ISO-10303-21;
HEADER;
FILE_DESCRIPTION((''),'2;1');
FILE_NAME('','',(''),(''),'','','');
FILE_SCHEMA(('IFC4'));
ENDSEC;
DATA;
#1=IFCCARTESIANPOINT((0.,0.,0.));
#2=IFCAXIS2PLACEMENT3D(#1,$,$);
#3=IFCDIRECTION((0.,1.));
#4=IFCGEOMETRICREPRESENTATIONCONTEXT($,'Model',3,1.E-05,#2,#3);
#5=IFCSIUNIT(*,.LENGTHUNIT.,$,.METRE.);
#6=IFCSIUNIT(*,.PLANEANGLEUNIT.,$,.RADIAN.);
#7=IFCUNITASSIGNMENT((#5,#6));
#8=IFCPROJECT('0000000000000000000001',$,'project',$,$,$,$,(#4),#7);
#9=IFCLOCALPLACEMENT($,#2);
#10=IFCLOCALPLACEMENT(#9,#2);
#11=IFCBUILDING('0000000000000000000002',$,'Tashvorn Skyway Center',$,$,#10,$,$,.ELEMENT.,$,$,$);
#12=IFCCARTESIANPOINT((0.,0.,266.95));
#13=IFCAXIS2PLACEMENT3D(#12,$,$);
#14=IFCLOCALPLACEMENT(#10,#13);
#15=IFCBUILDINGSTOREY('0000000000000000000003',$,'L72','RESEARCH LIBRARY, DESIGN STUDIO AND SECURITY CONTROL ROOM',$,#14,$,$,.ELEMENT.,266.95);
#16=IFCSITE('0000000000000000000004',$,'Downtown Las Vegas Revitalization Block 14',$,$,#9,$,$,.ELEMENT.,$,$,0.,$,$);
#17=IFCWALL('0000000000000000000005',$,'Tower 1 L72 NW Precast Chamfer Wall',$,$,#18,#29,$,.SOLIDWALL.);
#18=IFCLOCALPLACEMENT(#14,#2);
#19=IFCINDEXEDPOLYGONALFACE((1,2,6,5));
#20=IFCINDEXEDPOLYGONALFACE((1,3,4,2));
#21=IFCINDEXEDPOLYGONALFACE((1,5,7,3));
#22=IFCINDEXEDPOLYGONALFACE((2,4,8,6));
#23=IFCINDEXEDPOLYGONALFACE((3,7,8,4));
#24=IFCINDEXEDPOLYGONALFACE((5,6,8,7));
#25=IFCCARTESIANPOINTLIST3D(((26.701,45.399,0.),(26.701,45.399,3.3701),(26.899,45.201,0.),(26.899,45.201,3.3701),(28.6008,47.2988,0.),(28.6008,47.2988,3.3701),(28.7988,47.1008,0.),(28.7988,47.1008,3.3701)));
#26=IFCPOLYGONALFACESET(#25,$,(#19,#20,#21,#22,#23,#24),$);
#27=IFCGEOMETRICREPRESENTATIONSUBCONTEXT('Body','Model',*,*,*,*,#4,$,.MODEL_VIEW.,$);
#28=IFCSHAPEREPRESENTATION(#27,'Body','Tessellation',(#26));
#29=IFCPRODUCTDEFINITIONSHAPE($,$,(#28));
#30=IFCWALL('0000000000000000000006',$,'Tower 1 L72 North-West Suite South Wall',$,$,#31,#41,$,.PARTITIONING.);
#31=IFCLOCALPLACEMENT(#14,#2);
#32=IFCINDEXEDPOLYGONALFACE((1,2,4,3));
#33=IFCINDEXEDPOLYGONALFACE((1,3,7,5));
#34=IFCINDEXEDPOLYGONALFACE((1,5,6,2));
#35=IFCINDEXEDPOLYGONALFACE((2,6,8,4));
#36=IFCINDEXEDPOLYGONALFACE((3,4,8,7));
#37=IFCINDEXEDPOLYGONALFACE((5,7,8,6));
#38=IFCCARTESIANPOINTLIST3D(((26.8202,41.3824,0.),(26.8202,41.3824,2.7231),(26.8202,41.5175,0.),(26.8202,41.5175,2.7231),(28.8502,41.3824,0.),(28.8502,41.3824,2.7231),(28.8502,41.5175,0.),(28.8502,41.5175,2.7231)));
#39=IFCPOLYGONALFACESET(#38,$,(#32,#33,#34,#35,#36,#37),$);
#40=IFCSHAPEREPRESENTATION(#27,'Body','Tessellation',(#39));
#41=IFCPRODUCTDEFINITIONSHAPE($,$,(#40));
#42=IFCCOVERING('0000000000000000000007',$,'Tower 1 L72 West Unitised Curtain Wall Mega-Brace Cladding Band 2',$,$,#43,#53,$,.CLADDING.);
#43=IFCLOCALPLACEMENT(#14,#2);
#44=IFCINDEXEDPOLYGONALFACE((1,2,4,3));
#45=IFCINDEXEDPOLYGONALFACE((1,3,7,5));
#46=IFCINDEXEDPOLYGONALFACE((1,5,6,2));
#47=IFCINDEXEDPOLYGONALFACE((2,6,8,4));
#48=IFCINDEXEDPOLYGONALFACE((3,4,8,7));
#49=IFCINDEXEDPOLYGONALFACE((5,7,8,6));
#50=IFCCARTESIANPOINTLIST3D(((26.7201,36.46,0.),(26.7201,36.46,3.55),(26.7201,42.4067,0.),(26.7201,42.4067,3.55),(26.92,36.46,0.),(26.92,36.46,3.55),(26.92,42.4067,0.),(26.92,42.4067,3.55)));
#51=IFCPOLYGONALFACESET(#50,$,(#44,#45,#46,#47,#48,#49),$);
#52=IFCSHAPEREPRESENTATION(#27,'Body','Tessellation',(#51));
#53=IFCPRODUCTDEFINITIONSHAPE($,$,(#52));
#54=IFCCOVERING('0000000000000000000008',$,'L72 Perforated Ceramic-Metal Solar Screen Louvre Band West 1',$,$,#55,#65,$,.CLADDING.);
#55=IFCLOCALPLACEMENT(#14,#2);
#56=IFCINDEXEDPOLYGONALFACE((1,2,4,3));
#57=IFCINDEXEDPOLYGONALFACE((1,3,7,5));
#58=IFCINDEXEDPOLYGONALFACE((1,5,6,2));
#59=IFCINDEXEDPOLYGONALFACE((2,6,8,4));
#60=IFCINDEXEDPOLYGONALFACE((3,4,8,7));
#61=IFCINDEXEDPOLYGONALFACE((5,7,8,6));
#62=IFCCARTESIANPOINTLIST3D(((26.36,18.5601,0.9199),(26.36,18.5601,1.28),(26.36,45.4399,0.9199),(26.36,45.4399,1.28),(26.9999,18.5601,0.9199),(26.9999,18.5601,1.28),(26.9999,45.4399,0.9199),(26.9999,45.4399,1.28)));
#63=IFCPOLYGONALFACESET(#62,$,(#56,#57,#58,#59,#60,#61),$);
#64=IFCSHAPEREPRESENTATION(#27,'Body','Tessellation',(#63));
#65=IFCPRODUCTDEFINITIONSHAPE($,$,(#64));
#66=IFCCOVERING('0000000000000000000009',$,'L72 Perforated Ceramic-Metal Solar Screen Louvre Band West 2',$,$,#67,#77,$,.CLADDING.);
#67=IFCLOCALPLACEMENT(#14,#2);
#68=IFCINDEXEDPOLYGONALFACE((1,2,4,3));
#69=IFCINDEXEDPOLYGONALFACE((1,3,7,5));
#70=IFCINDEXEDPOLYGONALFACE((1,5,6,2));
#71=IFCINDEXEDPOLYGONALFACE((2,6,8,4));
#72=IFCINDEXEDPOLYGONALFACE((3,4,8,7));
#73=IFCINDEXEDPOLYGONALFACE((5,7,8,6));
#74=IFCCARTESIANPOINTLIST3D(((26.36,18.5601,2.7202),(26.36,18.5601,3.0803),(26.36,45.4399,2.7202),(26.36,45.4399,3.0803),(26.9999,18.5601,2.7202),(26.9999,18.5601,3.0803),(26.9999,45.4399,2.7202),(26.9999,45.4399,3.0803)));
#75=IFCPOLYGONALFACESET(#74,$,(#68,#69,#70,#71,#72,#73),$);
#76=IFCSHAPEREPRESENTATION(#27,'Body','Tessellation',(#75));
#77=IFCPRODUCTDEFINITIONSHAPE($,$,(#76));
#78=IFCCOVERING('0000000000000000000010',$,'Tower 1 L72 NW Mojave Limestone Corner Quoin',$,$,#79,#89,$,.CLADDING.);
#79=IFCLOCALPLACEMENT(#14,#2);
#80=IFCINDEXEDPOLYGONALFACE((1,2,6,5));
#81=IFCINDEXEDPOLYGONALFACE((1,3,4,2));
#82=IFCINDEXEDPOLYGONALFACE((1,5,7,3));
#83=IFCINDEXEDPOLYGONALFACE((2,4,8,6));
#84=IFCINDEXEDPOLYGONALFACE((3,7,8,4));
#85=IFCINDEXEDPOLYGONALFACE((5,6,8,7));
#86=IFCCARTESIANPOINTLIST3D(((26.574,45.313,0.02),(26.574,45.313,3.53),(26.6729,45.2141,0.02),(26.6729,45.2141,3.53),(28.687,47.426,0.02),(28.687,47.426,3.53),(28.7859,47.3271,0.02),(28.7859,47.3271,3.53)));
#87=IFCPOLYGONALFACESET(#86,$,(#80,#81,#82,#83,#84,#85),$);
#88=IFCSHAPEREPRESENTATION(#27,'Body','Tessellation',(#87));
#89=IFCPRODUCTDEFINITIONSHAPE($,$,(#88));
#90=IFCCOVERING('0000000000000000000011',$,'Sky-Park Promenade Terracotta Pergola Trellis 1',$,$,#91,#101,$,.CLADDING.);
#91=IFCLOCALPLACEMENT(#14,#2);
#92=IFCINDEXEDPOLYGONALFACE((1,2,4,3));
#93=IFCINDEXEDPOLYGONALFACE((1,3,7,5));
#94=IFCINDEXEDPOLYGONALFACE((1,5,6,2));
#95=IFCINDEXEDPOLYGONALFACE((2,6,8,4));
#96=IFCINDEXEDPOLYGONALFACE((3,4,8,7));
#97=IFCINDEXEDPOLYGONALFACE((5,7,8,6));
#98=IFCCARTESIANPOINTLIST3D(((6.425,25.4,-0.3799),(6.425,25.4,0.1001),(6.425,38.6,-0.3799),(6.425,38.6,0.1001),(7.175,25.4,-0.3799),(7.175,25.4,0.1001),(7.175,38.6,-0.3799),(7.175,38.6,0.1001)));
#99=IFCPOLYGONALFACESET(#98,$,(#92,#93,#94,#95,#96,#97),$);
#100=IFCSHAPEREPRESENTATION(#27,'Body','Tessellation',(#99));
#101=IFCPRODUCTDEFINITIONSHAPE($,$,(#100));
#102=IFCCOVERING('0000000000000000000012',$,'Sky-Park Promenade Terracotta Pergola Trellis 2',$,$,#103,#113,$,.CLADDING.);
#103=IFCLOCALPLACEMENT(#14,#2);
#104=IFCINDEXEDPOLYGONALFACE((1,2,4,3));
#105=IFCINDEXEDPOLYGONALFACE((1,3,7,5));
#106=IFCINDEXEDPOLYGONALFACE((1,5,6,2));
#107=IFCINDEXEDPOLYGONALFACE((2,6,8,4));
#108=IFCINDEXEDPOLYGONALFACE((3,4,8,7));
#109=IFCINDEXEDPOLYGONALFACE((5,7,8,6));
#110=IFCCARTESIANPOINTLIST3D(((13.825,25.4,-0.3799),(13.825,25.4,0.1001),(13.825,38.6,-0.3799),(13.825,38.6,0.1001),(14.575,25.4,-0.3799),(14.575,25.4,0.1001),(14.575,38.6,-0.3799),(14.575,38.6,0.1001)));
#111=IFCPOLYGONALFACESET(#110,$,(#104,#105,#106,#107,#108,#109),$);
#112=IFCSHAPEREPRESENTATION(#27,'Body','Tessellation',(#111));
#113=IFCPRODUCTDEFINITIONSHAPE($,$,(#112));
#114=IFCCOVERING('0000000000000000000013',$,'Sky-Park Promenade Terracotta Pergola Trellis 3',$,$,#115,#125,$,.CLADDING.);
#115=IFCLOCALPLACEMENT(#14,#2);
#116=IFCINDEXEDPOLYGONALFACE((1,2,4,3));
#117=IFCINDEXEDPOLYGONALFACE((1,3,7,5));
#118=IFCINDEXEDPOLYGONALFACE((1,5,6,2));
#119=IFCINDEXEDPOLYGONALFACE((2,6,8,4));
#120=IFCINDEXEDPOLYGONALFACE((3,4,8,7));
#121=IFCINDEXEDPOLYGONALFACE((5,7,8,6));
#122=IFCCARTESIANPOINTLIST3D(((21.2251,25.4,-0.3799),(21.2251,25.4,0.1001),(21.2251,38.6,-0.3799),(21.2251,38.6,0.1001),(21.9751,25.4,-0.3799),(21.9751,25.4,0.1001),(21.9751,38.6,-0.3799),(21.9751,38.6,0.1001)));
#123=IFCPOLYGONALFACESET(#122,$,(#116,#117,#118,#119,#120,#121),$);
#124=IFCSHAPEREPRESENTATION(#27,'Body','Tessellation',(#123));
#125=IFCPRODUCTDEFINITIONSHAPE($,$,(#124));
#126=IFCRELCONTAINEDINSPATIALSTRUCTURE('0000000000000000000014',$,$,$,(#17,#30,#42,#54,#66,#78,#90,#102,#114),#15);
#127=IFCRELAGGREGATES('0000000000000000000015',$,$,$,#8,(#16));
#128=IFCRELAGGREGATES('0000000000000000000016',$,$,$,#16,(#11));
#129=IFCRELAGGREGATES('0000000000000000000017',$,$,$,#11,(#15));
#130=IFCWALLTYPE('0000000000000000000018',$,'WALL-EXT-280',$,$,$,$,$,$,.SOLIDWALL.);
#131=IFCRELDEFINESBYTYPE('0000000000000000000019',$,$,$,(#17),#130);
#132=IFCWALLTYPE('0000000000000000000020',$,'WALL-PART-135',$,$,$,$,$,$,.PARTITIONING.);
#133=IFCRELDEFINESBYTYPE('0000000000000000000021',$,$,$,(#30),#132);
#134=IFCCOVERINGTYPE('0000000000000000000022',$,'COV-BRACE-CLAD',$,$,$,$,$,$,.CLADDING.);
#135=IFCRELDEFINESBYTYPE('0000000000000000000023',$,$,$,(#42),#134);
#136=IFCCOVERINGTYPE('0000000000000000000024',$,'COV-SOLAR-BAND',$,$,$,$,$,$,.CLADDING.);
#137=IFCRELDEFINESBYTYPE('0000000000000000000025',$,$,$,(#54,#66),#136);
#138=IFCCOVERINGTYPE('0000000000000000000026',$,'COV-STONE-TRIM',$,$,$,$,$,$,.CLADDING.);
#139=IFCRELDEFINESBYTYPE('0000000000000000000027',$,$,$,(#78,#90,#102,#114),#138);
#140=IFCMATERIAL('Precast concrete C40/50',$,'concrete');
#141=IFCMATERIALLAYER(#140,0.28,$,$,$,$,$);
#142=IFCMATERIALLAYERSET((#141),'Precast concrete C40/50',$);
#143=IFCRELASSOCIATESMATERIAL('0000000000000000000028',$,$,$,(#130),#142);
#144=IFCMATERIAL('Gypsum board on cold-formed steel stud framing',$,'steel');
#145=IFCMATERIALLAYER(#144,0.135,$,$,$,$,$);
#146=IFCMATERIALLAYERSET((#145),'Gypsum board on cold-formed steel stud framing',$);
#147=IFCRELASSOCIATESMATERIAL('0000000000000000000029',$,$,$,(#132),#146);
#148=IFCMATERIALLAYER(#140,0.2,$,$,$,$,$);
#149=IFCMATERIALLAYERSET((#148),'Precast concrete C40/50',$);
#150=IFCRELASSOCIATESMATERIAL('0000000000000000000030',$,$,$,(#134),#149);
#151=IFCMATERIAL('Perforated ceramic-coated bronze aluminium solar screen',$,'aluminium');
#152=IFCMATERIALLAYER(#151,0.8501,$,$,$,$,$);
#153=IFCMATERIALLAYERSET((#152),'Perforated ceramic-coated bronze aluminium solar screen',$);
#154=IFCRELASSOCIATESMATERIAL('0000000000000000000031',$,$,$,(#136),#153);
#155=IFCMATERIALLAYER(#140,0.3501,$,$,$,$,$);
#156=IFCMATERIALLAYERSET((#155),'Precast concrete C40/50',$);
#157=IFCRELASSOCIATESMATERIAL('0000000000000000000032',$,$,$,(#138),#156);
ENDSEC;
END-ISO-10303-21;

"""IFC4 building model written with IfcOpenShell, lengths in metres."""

from ifc_helpers import new_model, si_unit, direction, frame, frame_2d, origin, origin_2d, place, context, subcontext, project, spatial, rectangle, extrude, material, layer, layer_set, type_object, element, save


model = new_model("IFC4")

# Units and contexts
model_context = context("Model", 3, precision=1e-05, world=origin(), true_north=direction((0.0, 1.0)))
body_context = subcontext(model_context, "Body", "Model", "MODEL_VIEW")
ifc_project = project(units=[si_unit("LENGTHUNIT", "METRE"), si_unit("PLANEANGLEUNIT", "RADIAN")], contexts=[model_context])

# Site, building, storey
site_placement = place(None, origin())
site = spatial("IfcSite", under=ifc_project, at=site_placement, Name="Downtown Las Vegas Revitalization Block 14", CompositionType="ELEMENT", RefElevation=0.0)
building_placement = place(site_placement, origin())
building = spatial("IfcBuilding", under=site, at=building_placement, Name="Tashvorn Skyway Center", CompositionType="ELEMENT")
storey_placement = place(building_placement, frame((0.0, 0.0, 266.95)))
storey = spatial("IfcBuildingStorey", under=building, at=storey_placement, Name="L72", Description="RESEARCH LIBRARY, DESIGN STUDIO AND SECURITY CONTROL ROOM", CompositionType="ELEMENT", Elevation=266.95)

# Walls
ifc_material_1 = material(Name="Precast concrete C40/50", Category="concrete")
ifc_layer_1 = layer(ifc_material_1, 0.28)
ifc_layer_set_1 = layer_set([ifc_layer_1], Name="Precast concrete C40/50")
wall_type_1 = type_object("IfcWallType", Name="WALL-EXT-280", PredefinedType="SOLIDWALL", material=ifc_layer_set_1)
wall_1_placement = place(storey_placement, frame((26.8, 45.3, 0.0), z_axis=(0.0, 0.0, 1.0), x_axis=(0.707107, 0.707107, 0.0)))
element("IfcWall", 1, at=wall_1_placement, inside=storey, type_object=wall_type_1, Name="Tower 1 L72 NW Precast Chamfer Wall", PredefinedType="SOLIDWALL", context=body_context, shape_type="SweptSolid", body=[
    extrude(rectangle(XDim=2.6868, YDim=0.28, at=frame_2d((1.3433, 0.0))), origin(), (0.0, 0.0, 1.0), 3.3701),
])
ifc_material_2 = material(Name="Gypsum board on cold-formed steel stud framing", Category="steel")
ifc_layer_2 = layer(ifc_material_2, 0.135)
ifc_layer_set_2 = layer_set([ifc_layer_2], Name="Gypsum board on cold-formed steel stud framing")
wall_type_2 = type_object("IfcWallType", Name="WALL-PART-135", PredefinedType="PARTITIONING", material=ifc_layer_set_2)
wall_2_placement = place(storey_placement, frame((26.8201, 41.45, 0.0), z_axis=(0.0, 0.0, 1.0), x_axis=(1.0, 0.0, 0.0)))
element("IfcWall", 2, at=wall_2_placement, inside=storey, type_object=wall_type_2, Name="Tower 1 L72 North-West Suite South Wall", PredefinedType="PARTITIONING", context=body_context, shape_type="SweptSolid", body=[
    extrude(rectangle(XDim=2.03, YDim=0.135, at=frame_2d((1.0151, 0.0))), origin(), (0.0, 0.0, 1.0), 2.7231),
])

# Coverings
ifc_layer_3 = layer(ifc_material_1, 0.2)
ifc_layer_set_3 = layer_set([ifc_layer_3], Name="Precast concrete C40/50")
covering_type_1 = type_object("IfcCoveringType", Name="COV-BRACE-CLAD", PredefinedType="CLADDING", material=ifc_layer_set_3)
covering_1_placement = place(storey_placement, frame((26.8201, 39.4333, 0.0), z_axis=(0.0, 0.0, 1.0), x_axis=(0.0, 1.0, 0.0)))
element("IfcCovering", 3, at=covering_1_placement, inside=storey, type_object=covering_type_1, Name="Tower 1 L72 West Unitised Curtain Wall Mega-Brace Cladding Band 2", PredefinedType="CLADDING", context=body_context, shape_type="SweptSolid", body=[
    extrude(rectangle(XDim=5.9468, YDim=0.2, at=origin_2d()), origin(), (0.0, 0.0, 1.0), 3.55),
])
ifc_material_3 = material(Name="Perforated ceramic-coated bronze aluminium solar screen", Category="aluminium")
ifc_layer_4 = layer(ifc_material_3, 0.8501)
ifc_layer_set_4 = layer_set([ifc_layer_4], Name="Perforated ceramic-coated bronze aluminium solar screen")
covering_type_2 = type_object("IfcCoveringType", Name="COV-SOLAR-BAND", PredefinedType="CLADDING", material=ifc_layer_set_4)
for number, where, z_axis, x_axis, name in (
    (4, (26.6799, 32.0, 0.9199), (0.0, 0.0, 1.0), (0.0, 1.0, 0.0), "L72 Perforated Ceramic-Metal Solar Screen Louvre Band West 1"),
    (5, (26.6799, 32.0, 2.7202), (0.0, 0.0, 1.0), (0.0, 1.0, 0.0), "L72 Perforated Ceramic-Metal Solar Screen Louvre Band West 2"),
):
    element("IfcCovering", number, at=place(storey_placement, frame(where, z_axis=z_axis, x_axis=x_axis)), inside=storey, type_object=covering_type_2, Name=name, PredefinedType="CLADDING", context=body_context, shape_type="SweptSolid", body=[
        extrude(rectangle(XDim=26.8799, YDim=0.6399, at=origin_2d()), origin(), (0.0, 0.0, 1.0), 0.3601),
    ])
ifc_layer_5 = layer(ifc_material_1, 0.3501)
ifc_layer_set_5 = layer_set([ifc_layer_5], Name="Precast concrete C40/50")
covering_type_3 = type_object("IfcCoveringType", Name="COV-STONE-TRIM", PredefinedType="CLADDING", material=ifc_layer_set_5)
covering_2_placement = place(storey_placement, frame((27.6799, 46.3201, 0.02), z_axis=(0.0, 0.0, 1.0), x_axis=(-0.707107, -0.707107, 0.0)))
element("IfcCovering", 6, at=covering_2_placement, inside=storey, type_object=covering_type_3, Name="Tower 1 L72 NW Mojave Limestone Corner Quoin", PredefinedType="CLADDING", context=body_context, shape_type="SweptSolid", body=[
    extrude(rectangle(XDim=2.9883, YDim=0.1399, at=origin_2d()), origin(), (0.0, 0.0, 1.0), 3.51),
])
for number, where, z_axis, x_axis, name in (
    (7, (6.8, 32.0, -0.3799), (0.0, 0.0, 1.0), (1.0, 0.0, 0.0), "Sky-Park Promenade Terracotta Pergola Trellis 1"),
    (8, (14.2, 32.0, -0.3799), (0.0, 0.0, 1.0), (1.0, 0.0, 0.0), "Sky-Park Promenade Terracotta Pergola Trellis 2"),
    (9, (21.6001, 32.0, -0.3799), (0.0, 0.0, 1.0), (1.0, 0.0, 0.0), "Sky-Park Promenade Terracotta Pergola Trellis 3"),
):
    element("IfcCovering", number, at=place(storey_placement, frame(where, z_axis=z_axis, x_axis=x_axis)), inside=storey, type_object=covering_type_3, Name=name, PredefinedType="CLADDING", context=body_context, shape_type="SweptSolid", body=[
        extrude(rectangle(XDim=0.75, YDim=13.2, at=origin_2d()), origin(), (0.0, 0.0, 1.0), 0.48),
    ])

save(model, "model.ifc")
